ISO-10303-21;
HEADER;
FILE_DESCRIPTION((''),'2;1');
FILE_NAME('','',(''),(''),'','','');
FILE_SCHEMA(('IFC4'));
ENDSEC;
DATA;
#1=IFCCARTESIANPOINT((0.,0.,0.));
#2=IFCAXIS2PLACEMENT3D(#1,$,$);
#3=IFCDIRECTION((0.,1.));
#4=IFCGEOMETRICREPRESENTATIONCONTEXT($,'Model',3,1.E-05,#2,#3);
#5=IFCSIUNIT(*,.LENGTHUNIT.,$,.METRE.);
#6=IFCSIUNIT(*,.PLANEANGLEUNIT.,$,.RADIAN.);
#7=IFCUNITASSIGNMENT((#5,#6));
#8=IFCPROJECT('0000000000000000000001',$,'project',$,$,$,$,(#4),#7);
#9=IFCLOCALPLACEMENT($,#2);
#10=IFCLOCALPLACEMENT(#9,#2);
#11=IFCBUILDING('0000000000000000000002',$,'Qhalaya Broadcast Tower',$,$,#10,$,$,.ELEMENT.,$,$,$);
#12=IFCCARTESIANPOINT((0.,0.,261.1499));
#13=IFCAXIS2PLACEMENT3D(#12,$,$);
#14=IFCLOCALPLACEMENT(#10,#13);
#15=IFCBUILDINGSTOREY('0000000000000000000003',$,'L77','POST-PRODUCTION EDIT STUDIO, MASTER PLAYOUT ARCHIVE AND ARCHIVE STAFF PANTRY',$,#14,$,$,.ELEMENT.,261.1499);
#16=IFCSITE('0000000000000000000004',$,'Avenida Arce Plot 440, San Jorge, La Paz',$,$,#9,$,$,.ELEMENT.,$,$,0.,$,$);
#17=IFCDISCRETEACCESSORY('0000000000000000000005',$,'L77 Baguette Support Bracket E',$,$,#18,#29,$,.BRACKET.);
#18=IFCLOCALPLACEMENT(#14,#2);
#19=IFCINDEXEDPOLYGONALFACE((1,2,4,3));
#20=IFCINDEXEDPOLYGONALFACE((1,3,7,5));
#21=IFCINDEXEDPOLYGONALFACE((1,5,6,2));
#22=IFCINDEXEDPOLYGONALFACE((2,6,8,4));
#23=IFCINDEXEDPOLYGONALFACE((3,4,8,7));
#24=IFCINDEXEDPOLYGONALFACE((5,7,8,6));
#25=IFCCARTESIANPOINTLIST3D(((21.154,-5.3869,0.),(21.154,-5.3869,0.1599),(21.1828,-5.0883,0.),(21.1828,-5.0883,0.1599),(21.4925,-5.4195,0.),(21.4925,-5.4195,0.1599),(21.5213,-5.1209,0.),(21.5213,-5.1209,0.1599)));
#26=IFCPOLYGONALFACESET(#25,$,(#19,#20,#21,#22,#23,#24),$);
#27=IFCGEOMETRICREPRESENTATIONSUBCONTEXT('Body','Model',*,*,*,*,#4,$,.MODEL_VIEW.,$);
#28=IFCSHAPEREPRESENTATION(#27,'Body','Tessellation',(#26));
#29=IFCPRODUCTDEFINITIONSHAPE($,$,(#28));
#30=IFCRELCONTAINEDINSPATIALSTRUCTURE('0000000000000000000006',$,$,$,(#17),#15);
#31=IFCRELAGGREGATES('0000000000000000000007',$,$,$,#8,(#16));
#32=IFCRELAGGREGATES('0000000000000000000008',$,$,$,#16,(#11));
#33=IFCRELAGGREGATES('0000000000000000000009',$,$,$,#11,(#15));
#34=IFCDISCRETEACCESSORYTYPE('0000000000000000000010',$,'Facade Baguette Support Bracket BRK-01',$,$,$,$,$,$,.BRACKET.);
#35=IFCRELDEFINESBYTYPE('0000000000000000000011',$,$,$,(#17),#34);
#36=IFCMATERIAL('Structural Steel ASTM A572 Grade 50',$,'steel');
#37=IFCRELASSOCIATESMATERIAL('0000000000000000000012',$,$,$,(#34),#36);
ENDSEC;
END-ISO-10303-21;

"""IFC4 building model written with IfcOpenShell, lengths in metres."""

from ifc_helpers import new_model, si_unit, direction, frame, origin, origin_2d, place, context, subcontext, project, spatial, rectangle, extrude, material, type_object, element, save


model = new_model("IFC4")

# Units and contexts
model_context = context("Model", 3, precision=1e-05, world=origin(), true_north=direction((0.0, 1.0)))
body_context = subcontext(model_context, "Body", "Model", "MODEL_VIEW")
ifc_project = project(units=[si_unit("LENGTHUNIT", "METRE"), si_unit("PLANEANGLEUNIT", "RADIAN")], contexts=[model_context])

# Site, building, storey
site_placement = place(None, origin())
site = spatial("IfcSite", under=ifc_project, at=site_placement, Name="Avenida Arce Plot 440, San Jorge, La Paz", CompositionType="ELEMENT", RefElevation=0.0)
building_placement = place(site_placement, origin())
building = spatial("IfcBuilding", under=site, at=building_placement, Name="Qhalaya Broadcast Tower", CompositionType="ELEMENT")
storey_placement = place(building_placement, frame((0.0, 0.0, 261.1499)))
storey = spatial("IfcBuildingStorey", under=building, at=storey_placement, Name="L77", Description="POST-PRODUCTION EDIT STUDIO, MASTER PLAYOUT ARCHIVE AND ARCHIVE STAFF PANTRY", CompositionType="ELEMENT", Elevation=261.1499)

# Shared definitions
ifc_material_1 = material(Name="Structural Steel ASTM A572 Grade 50", Category="steel")

# Discrete accessory
discrete_accessory_type = type_object("IfcDiscreteAccessoryType", Name="Facade Baguette Support Bracket BRK-01", PredefinedType="BRACKET", material=ifc_material_1)
discrete_accessory_placement = place(storey_placement, frame((21.3376, -5.2539, 0.0), z_axis=(0.0, 0.0, 1.0), x_axis=(0.095846, 0.995396, 0.0)))
element("IfcDiscreteAccessory", 1, at=discrete_accessory_placement, inside=storey, type_object=discrete_accessory_type, Name="L77 Baguette Support Bracket E", PredefinedType="BRACKET", context=body_context, shape_type="SweptSolid", body=[
    extrude(rectangle(XDim=0.3, YDim=0.3401, at=origin_2d()), origin(), (0.0, 0.0, 1.0), 0.1599),
])

save(model, "model.ifc")
